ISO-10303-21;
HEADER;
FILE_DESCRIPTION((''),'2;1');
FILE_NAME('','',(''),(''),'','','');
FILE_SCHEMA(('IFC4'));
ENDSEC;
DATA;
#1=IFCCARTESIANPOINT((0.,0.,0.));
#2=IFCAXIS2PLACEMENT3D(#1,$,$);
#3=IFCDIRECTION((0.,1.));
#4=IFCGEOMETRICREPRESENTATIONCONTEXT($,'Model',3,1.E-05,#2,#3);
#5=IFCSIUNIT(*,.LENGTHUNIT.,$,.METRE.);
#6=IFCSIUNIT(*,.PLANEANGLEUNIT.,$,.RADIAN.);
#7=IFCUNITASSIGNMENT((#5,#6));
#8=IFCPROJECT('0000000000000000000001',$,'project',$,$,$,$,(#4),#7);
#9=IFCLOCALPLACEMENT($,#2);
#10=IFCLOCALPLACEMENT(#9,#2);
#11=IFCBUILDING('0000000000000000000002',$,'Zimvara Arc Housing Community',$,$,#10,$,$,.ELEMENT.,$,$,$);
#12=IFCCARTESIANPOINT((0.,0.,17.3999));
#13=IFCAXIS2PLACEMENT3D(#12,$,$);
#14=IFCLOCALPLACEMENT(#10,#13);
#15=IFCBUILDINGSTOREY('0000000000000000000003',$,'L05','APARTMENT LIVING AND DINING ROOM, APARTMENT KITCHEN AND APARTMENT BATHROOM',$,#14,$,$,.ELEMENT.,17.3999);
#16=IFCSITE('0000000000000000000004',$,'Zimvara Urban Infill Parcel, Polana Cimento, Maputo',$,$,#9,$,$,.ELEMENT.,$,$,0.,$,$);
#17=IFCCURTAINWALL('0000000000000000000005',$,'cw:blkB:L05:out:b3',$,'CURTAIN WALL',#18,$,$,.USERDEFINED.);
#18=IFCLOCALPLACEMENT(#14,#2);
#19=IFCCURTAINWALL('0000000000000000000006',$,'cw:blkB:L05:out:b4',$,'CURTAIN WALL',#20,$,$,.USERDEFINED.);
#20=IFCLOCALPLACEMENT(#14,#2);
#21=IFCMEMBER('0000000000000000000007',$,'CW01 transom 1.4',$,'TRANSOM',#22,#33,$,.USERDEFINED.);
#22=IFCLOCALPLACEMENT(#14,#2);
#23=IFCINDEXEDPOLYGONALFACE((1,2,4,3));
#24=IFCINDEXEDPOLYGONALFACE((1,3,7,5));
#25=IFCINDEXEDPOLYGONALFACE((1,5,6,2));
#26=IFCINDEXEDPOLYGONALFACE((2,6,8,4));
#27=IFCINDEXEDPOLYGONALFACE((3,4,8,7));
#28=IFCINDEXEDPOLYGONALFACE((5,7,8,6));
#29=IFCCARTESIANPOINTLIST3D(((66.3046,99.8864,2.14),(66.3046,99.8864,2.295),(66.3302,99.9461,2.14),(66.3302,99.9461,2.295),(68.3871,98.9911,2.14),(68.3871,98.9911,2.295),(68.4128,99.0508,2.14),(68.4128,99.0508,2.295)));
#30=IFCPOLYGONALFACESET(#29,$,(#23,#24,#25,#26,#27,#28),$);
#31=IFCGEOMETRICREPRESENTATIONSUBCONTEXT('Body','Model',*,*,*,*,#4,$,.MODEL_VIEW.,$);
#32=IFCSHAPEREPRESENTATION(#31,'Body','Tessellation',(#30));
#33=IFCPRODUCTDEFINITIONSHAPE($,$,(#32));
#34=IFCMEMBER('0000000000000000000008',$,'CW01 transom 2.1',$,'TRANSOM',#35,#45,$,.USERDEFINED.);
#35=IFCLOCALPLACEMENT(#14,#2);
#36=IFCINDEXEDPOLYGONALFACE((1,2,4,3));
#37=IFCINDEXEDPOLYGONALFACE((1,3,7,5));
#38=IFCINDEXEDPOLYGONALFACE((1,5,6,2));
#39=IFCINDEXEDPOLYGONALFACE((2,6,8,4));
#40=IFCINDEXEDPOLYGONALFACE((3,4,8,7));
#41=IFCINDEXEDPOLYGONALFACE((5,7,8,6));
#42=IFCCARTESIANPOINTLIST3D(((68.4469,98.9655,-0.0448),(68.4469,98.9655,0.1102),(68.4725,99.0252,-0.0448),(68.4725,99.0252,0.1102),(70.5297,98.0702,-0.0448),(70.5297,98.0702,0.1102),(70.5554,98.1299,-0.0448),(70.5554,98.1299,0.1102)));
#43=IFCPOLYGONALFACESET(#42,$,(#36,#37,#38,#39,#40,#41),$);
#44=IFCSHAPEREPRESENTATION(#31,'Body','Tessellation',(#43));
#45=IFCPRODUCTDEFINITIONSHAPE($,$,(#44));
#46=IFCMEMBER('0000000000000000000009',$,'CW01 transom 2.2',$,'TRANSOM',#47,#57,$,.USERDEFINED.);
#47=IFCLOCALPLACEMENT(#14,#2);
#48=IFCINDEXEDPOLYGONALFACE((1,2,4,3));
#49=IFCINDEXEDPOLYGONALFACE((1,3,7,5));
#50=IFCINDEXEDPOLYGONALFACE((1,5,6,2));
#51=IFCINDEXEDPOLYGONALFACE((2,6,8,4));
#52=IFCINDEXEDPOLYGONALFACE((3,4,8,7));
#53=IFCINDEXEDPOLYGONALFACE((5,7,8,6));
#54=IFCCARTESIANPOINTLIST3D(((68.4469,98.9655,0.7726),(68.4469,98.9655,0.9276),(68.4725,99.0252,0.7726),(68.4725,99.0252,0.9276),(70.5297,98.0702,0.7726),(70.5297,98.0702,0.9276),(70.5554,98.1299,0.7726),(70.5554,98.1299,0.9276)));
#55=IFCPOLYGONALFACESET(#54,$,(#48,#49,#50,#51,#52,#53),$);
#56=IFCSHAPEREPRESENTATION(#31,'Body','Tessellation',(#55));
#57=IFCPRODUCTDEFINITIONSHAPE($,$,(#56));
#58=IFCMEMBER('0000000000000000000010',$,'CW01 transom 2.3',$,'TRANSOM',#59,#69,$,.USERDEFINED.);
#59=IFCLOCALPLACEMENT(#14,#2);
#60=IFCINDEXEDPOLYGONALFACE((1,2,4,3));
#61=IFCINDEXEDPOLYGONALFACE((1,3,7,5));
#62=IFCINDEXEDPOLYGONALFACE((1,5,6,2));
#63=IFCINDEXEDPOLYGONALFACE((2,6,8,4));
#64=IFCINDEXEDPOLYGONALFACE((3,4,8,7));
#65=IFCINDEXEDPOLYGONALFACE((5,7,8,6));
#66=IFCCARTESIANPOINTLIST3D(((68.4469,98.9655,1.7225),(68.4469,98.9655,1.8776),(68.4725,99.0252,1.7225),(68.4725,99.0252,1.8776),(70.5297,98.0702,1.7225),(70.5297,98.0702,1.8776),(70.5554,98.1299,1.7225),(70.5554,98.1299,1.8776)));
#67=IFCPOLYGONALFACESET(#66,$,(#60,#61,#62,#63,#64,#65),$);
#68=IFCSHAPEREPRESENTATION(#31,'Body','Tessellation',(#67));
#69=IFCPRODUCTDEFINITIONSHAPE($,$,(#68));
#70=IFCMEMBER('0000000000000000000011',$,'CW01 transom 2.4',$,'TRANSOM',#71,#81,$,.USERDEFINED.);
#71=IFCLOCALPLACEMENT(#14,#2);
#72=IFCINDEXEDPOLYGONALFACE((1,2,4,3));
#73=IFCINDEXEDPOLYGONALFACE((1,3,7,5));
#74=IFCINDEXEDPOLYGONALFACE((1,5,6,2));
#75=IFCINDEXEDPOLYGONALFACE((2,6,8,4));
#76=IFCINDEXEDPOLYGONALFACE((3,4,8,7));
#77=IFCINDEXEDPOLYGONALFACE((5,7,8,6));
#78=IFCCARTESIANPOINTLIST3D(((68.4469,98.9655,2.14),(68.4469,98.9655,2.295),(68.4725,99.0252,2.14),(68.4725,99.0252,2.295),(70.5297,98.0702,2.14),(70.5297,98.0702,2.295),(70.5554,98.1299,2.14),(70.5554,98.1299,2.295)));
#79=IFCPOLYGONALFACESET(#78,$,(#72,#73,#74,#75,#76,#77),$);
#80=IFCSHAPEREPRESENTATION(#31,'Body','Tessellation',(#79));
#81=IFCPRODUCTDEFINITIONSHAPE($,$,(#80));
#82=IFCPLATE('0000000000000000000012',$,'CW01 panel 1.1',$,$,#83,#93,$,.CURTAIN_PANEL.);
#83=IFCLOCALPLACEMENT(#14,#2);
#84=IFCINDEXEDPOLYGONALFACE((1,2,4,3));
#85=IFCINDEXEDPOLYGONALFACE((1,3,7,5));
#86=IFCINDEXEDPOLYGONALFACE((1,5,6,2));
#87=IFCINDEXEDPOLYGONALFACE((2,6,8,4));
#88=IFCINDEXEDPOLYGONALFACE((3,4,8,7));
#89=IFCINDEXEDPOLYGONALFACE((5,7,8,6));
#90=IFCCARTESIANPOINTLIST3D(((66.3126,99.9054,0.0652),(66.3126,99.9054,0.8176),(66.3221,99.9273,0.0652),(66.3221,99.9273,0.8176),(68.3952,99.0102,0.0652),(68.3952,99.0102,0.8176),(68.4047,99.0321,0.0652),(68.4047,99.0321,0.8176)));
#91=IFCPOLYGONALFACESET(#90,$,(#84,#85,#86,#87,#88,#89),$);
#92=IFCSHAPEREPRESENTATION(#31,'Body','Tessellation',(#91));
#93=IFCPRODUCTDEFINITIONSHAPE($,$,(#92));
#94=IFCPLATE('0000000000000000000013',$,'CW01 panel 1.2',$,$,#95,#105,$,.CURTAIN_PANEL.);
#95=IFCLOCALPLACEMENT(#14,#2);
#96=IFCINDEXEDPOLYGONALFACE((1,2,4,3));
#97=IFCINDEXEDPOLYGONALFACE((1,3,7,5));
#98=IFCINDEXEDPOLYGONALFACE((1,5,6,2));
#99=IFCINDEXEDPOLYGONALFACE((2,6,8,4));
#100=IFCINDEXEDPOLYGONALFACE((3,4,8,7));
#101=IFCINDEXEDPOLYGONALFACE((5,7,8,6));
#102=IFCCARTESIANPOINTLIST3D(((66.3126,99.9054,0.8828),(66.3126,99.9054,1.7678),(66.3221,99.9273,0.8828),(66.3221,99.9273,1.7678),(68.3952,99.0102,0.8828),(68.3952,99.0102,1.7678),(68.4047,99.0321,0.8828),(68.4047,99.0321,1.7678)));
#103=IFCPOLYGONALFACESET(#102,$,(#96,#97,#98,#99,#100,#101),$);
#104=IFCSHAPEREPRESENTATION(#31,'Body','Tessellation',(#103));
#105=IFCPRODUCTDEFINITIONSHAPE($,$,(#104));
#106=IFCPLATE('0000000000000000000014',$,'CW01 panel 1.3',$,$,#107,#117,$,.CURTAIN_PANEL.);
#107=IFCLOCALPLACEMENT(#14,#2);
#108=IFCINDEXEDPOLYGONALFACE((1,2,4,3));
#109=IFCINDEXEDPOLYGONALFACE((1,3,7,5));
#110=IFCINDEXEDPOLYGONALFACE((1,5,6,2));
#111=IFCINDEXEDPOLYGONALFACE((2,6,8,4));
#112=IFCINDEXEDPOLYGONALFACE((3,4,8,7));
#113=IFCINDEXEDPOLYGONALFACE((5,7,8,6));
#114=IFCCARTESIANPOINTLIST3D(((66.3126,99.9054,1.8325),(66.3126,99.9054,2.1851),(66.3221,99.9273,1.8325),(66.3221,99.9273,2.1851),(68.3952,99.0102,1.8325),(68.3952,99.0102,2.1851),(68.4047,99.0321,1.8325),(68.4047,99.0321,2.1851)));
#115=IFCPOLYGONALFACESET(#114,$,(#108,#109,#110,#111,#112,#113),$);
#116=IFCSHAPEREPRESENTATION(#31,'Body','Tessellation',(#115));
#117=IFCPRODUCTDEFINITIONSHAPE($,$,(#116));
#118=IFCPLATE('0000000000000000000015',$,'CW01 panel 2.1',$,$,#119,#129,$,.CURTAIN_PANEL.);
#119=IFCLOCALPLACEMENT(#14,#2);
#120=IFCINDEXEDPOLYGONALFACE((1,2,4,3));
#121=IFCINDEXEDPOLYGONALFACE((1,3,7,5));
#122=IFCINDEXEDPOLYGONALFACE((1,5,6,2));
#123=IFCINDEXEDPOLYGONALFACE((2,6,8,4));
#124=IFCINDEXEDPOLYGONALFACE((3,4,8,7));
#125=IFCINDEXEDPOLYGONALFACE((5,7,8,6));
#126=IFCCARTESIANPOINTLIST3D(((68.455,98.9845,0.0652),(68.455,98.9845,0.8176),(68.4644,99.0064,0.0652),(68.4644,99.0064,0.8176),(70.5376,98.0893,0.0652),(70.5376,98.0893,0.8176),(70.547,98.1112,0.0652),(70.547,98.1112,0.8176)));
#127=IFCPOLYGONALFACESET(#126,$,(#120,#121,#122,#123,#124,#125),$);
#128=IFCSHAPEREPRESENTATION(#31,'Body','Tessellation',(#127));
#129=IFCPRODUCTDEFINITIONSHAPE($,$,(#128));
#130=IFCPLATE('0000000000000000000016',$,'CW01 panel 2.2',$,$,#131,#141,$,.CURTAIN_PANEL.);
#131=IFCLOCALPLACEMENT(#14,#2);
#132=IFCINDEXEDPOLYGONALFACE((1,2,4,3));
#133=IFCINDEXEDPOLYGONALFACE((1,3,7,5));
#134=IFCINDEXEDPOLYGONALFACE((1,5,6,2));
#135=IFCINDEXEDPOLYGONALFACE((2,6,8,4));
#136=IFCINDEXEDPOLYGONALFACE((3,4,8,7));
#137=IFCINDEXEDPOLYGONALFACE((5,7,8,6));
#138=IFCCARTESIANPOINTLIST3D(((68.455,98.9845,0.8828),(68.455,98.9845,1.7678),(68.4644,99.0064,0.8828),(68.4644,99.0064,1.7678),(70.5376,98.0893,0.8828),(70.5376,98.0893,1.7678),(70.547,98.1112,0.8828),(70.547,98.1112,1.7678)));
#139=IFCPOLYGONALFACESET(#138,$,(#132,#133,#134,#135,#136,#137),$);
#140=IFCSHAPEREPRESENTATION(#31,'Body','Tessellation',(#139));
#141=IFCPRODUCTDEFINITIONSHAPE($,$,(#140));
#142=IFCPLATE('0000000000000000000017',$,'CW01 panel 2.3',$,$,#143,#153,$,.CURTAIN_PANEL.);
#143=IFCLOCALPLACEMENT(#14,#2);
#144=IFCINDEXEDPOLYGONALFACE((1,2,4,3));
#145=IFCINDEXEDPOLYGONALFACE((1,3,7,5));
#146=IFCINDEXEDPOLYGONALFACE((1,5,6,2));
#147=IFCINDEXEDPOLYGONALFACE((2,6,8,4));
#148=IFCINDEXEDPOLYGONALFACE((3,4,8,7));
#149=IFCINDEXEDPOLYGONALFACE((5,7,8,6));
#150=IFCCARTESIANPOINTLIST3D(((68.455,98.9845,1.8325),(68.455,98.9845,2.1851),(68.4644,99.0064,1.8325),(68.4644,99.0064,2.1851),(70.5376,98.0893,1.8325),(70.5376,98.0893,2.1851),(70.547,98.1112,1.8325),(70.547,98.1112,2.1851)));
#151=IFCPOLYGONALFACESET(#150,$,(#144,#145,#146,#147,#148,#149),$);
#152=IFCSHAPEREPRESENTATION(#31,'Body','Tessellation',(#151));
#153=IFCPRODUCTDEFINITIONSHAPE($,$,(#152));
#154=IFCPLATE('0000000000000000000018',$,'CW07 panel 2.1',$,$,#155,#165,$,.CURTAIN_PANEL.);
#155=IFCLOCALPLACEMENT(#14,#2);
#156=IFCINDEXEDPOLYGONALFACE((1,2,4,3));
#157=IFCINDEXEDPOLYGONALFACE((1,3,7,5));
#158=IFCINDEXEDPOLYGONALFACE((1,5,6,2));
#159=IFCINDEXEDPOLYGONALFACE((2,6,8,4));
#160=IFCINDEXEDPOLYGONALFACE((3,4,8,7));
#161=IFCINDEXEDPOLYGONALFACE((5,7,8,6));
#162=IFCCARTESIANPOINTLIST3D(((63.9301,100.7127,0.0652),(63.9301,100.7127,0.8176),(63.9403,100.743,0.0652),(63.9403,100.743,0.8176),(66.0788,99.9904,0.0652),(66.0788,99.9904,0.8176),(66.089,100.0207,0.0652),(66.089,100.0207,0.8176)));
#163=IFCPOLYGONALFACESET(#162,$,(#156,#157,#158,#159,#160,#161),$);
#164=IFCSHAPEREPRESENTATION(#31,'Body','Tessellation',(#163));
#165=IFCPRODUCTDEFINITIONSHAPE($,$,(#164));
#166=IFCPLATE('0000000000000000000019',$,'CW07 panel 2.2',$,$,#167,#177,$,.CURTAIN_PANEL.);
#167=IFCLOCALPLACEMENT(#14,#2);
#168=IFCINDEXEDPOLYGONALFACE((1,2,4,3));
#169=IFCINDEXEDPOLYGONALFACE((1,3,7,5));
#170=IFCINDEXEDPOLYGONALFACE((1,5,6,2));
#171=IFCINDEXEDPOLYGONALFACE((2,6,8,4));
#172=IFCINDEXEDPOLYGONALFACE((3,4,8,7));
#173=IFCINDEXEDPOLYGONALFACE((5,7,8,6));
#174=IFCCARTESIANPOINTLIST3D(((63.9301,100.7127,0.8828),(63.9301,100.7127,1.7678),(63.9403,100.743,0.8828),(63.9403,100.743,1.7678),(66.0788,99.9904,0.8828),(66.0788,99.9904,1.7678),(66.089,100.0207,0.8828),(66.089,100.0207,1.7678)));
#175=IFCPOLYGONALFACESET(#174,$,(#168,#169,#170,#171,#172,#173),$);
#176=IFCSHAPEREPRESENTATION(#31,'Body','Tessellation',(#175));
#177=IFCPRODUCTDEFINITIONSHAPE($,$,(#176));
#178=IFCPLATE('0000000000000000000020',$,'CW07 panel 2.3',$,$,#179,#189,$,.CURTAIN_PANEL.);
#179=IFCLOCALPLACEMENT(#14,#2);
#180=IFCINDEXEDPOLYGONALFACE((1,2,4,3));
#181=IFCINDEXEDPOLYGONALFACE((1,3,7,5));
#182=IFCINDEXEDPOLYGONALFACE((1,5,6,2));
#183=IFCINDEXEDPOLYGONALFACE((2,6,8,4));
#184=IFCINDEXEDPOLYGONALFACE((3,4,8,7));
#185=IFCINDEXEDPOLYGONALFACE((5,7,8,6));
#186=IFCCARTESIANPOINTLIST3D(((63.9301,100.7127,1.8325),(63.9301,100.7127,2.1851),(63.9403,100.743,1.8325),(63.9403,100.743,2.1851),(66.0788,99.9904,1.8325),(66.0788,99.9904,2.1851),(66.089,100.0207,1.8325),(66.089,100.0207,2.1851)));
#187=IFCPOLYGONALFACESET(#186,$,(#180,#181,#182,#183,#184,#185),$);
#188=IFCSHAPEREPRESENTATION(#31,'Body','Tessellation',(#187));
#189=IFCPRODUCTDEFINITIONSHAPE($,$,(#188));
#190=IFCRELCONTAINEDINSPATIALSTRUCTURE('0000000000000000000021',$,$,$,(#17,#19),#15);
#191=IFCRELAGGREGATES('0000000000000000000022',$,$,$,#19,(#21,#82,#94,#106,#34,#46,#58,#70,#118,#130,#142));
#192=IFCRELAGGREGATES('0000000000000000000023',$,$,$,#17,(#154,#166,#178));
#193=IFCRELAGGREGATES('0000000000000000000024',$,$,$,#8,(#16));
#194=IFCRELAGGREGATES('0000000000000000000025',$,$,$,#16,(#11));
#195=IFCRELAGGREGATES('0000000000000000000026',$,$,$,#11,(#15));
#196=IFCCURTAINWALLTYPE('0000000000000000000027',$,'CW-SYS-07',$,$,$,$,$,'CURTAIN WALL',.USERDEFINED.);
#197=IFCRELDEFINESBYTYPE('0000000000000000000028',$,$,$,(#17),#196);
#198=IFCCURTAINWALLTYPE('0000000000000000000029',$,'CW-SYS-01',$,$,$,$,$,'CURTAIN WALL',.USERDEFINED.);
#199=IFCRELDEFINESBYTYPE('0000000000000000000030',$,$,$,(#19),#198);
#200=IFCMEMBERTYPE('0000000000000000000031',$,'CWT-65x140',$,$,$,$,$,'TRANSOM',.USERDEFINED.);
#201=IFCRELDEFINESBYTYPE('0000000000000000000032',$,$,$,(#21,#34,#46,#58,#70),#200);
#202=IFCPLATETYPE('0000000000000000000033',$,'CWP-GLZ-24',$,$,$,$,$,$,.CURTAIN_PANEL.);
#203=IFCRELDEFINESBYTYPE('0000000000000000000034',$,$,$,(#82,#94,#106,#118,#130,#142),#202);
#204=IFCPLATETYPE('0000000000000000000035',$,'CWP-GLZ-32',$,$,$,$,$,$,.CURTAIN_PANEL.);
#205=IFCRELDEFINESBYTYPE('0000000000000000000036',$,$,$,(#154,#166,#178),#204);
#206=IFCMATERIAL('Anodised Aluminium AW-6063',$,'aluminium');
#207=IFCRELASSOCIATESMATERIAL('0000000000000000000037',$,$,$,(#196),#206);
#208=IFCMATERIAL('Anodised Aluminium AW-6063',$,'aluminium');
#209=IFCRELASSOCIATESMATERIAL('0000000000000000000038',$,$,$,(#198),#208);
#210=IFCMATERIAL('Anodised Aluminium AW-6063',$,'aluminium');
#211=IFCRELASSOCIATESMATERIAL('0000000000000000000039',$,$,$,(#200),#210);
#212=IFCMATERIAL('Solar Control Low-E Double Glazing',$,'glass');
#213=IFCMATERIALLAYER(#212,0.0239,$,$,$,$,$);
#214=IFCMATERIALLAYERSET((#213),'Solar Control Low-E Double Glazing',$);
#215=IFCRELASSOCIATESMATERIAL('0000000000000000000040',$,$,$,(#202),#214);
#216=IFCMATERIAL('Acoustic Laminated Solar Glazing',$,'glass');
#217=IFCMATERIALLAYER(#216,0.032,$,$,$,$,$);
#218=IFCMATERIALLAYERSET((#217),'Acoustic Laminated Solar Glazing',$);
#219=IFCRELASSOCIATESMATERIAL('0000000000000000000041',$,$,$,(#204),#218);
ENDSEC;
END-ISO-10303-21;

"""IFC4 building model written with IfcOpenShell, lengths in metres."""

from ifc_helpers import new_model, si_unit, direction, frame, origin, origin_2d, place, context, subcontext, project, spatial, rectangle, extrude, material, layer, layer_set, material_profile, profile_set, type_object, element, aggregate, save


model = new_model("IFC4")

# Units and contexts
model_context = context("Model", 3, precision=1e-05, world=origin(), true_north=direction((0.0, 1.0)))
body_context = subcontext(model_context, "Body", "Model", "MODEL_VIEW")
ifc_project = project(units=[si_unit("LENGTHUNIT", "METRE"), si_unit("PLANEANGLEUNIT", "RADIAN")], contexts=[model_context])

# Site, building, storey
site_placement = place(None, origin())
site = spatial("IfcSite", under=ifc_project, at=site_placement, Name="Zimvara Urban Infill Parcel, Polana Cimento, Maputo", CompositionType="ELEMENT", RefElevation=0.0)
building_placement = place(site_placement, origin())
building = spatial("IfcBuilding", under=site, at=building_placement, Name="Zimvara Arc Housing Community", CompositionType="ELEMENT")
storey_placement = place(building_placement, frame((0.0, 0.0, 17.3999)))
storey = spatial("IfcBuildingStorey", under=building, at=storey_placement, Name="L05", Description="APARTMENT LIVING AND DINING ROOM, APARTMENT KITCHEN AND APARTMENT BATHROOM", CompositionType="ELEMENT", Elevation=17.3999)

# Curtain walls
ifc_material_1 = material(Name="Anodised Aluminium AW-6063", Category="aluminium")
curtain_wall_type_1 = type_object("IfcCurtainWallType", Name="CW-SYS-07", ElementType="CURTAIN WALL", PredefinedType="USERDEFINED", material=ifc_material_1)
curtain_wall_1_placement = place(storey_placement, origin())
curtain_wall_1 = element("IfcCurtainWall", 1, at=curtain_wall_1_placement, inside=storey, type_object=curtain_wall_type_1, Name="cw:blkB:L05:out:b3", ObjectType="CURTAIN WALL", PredefinedType="USERDEFINED")
ifc_material_2 = material(Name="Anodised Aluminium AW-6063", Category="aluminium")
curtain_wall_type_2 = type_object("IfcCurtainWallType", Name="CW-SYS-01", ElementType="CURTAIN WALL", PredefinedType="USERDEFINED", material=ifc_material_2)
curtain_wall_2_placement = place(storey_placement, origin())
curtain_wall_2 = element("IfcCurtainWall", 2, at=curtain_wall_2_placement, inside=storey, type_object=curtain_wall_type_2, Name="cw:blkB:L05:out:b4", ObjectType="CURTAIN WALL", PredefinedType="USERDEFINED")

# Members
ifc_material_3 = material(Name="Anodised Aluminium AW-6063", Category="aluminium")
ifc_material_profile_1 = material_profile(ifc_material_3, rectangle(XDim=0.0649, YDim=0.155, at=origin_2d()), Name="ALU 65x155")
ifc_profile_set_1 = profile_set([ifc_material_profile_1], Name="Anodised Aluminium AW-6063")
member_type_1 = type_object("IfcMemberType", Name="CWT-65x140", ElementType="TRANSOM", PredefinedType="USERDEFINED", material=ifc_profile_set_1)
member_1_placement = place(storey_placement, frame((66.3174, 99.9163, 2.2175), z_axis=(0.918704, -0.394946, 0.0), x_axis=(0.394946, 0.918704, 0.0)))
member_1 = element("IfcMember", 3, at=member_1_placement, type_object=member_type_1, Name="CW01 transom 1.4", ObjectType="TRANSOM", PredefinedType="USERDEFINED", context=body_context, shape_type="SweptSolid", body=[
    extrude(rectangle(XDim=0.0649, YDim=0.155, at=origin_2d()), origin(), (0.0, 0.0, 1.0), 2.2668),
])
member_2_placement = place(storey_placement, frame((68.4597, 98.9954, 0.0327), z_axis=(0.918721, -0.394907, 0.0), x_axis=(0.394907, 0.918721, 0.0)))
member_2 = element("IfcMember", 4, at=member_2_placement, type_object=member_type_1, Name="CW01 transom 2.1", ObjectType="TRANSOM", PredefinedType="USERDEFINED", context=body_context, shape_type="SweptSolid", body=[
    extrude(rectangle(XDim=0.0649, YDim=0.155, at=origin_2d()), origin(), (0.0, 0.0, 1.0), 2.2671),
])
member_3_placement = place(storey_placement, frame((68.4597, 98.9954, 0.8501), z_axis=(0.918721, -0.394907, 0.0), x_axis=(0.394907, 0.918721, 0.0)))
member_3 = element("IfcMember", 5, at=member_3_placement, type_object=member_type_1, Name="CW01 transom 2.2", ObjectType="TRANSOM", PredefinedType="USERDEFINED", context=body_context, shape_type="SweptSolid", body=[
    extrude(rectangle(XDim=0.0649, YDim=0.155, at=origin_2d()), origin(), (0.0, 0.0, 1.0), 2.2671),
])
member_4_placement = place(storey_placement, frame((68.4597, 98.9954, 1.8), z_axis=(0.918721, -0.394907, 0.0), x_axis=(0.394907, 0.918721, 0.0)))
member_4 = element("IfcMember", 6, at=member_4_placement, type_object=member_type_1, Name="CW01 transom 2.3", ObjectType="TRANSOM", PredefinedType="USERDEFINED", context=body_context, shape_type="SweptSolid", body=[
    extrude(rectangle(XDim=0.0649, YDim=0.155, at=origin_2d()), origin(), (0.0, 0.0, 1.0), 2.2671),
])
member_5_placement = place(storey_placement, frame((68.4597, 98.9954, 2.2175), z_axis=(0.918721, -0.394907, 0.0), x_axis=(0.394907, 0.918721, 0.0)))
member_5 = element("IfcMember", 7, at=member_5_placement, type_object=member_type_1, Name="CW01 transom 2.4", ObjectType="TRANSOM", PredefinedType="USERDEFINED", context=body_context, shape_type="SweptSolid", body=[
    extrude(rectangle(XDim=0.0649, YDim=0.155, at=origin_2d()), origin(), (0.0, 0.0, 1.0), 2.2671),
])

# Plates
ifc_material_4 = material(Name="Solar Control Low-E Double Glazing", Category="glass")
ifc_layer_1 = layer(ifc_material_4, 0.0239)
ifc_layer_set_1 = layer_set([ifc_layer_1], Name="Solar Control Low-E Double Glazing")
plate_type_1 = type_object("IfcPlateType", Name="CWP-GLZ-24", PredefinedType="CURTAIN_PANEL", material=ifc_layer_set_1)
plate_1_placement = place(storey_placement, frame((67.3586, 99.4688, 0.0652), z_axis=(0.0, 0.0, 1.0), x_axis=(0.918722, -0.394904, 0.0)))
plate_1 = element("IfcPlate", 8, at=plate_1_placement, type_object=plate_type_1, Name="CW01 panel 1.1", PredefinedType="CURTAIN_PANEL", context=body_context, shape_type="SweptSolid", body=[
    extrude(rectangle(XDim=2.2668, YDim=0.0239, at=origin_2d()), origin(), (0.0, 0.0, 1.0), 0.7524),
])
plate_2_placement = place(storey_placement, frame((67.3586, 99.4688, 0.8828), z_axis=(0.0, 0.0, 1.0), x_axis=(0.918722, -0.394904, 0.0)))
plate_2 = element("IfcPlate", 9, at=plate_2_placement, type_object=plate_type_1, Name="CW01 panel 1.2", PredefinedType="CURTAIN_PANEL", context=body_context, shape_type="SweptSolid", body=[
    extrude(rectangle(XDim=2.2668, YDim=0.0239, at=origin_2d()), origin(), (0.0, 0.0, 1.0), 0.885),
])
plate_3_placement = place(storey_placement, frame((67.3586, 99.4688, 1.8325), z_axis=(0.0, 0.0, 1.0), x_axis=(0.918722, -0.394904, 0.0)))
plate_3 = element("IfcPlate", 10, at=plate_3_placement, type_object=plate_type_1, Name="CW01 panel 1.3", PredefinedType="CURTAIN_PANEL", context=body_context, shape_type="SweptSolid", body=[
    extrude(rectangle(XDim=2.2668, YDim=0.0239, at=origin_2d()), origin(), (0.0, 0.0, 1.0), 0.3525),
])
plate_4_placement = place(storey_placement, frame((69.501, 98.5479, 0.0652), z_axis=(0.0, 0.0, 1.0), x_axis=(0.918722, -0.394904, 0.0)))
plate_4 = element("IfcPlate", 11, at=plate_4_placement, type_object=plate_type_1, Name="CW01 panel 2.1", PredefinedType="CURTAIN_PANEL", context=body_context, shape_type="SweptSolid", body=[
    extrude(rectangle(XDim=2.2668, YDim=0.0239, at=origin_2d()), origin(), (0.0, 0.0, 1.0), 0.7524),
])
plate_5_placement = place(storey_placement, frame((69.501, 98.5479, 0.8828), z_axis=(0.0, 0.0, 1.0), x_axis=(0.918722, -0.394904, 0.0)))
plate_5 = element("IfcPlate", 12, at=plate_5_placement, type_object=plate_type_1, Name="CW01 panel 2.2", PredefinedType="CURTAIN_PANEL", context=body_context, shape_type="SweptSolid", body=[
    extrude(rectangle(XDim=2.2668, YDim=0.0239, at=origin_2d()), origin(), (0.0, 0.0, 1.0), 0.885),
])
plate_6_placement = place(storey_placement, frame((69.501, 98.5479, 1.8325), z_axis=(0.0, 0.0, 1.0), x_axis=(0.918722, -0.394904, 0.0)))
plate_6 = element("IfcPlate", 13, at=plate_6_placement, type_object=plate_type_1, Name="CW01 panel 2.3", PredefinedType="CURTAIN_PANEL", context=body_context, shape_type="SweptSolid", body=[
    extrude(rectangle(XDim=2.2668, YDim=0.0239, at=origin_2d()), origin(), (0.0, 0.0, 1.0), 0.3525),
])
aggregate(curtain_wall_2, [member_1, plate_1, plate_2, plate_3, member_2, member_3, member_4, member_5, plate_4, plate_5, plate_6])
ifc_material_5 = material(Name="Acoustic Laminated Solar Glazing", Category="glass")
ifc_layer_2 = layer(ifc_material_5, 0.032)
ifc_layer_set_2 = layer_set([ifc_layer_2], Name="Acoustic Laminated Solar Glazing")
plate_type_2 = type_object("IfcPlateType", Name="CWP-GLZ-32", PredefinedType="CURTAIN_PANEL", material=ifc_layer_set_2)
plate_7_placement = place(storey_placement, frame((65.0095, 100.3667, 0.0652), z_axis=(0.0, 0.0, 1.0), x_axis=(0.94788, -0.318629, 0.0)))
plate_7 = element("IfcPlate", 14, at=plate_7_placement, type_object=plate_type_2, Name="CW07 panel 2.1", PredefinedType="CURTAIN_PANEL", context=body_context, shape_type="SweptSolid", body=[
    extrude(rectangle(XDim=2.2668, YDim=0.032, at=origin_2d()), origin(), (0.0, 0.0, 1.0), 0.7524),
])
plate_8_placement = place(storey_placement, frame((65.0095, 100.3667, 0.8828), z_axis=(0.0, 0.0, 1.0), x_axis=(0.94788, -0.318629, 0.0)))
plate_8 = element("IfcPlate", 15, at=plate_8_placement, type_object=plate_type_2, Name="CW07 panel 2.2", PredefinedType="CURTAIN_PANEL", context=body_context, shape_type="SweptSolid", body=[
    extrude(rectangle(XDim=2.2668, YDim=0.032, at=origin_2d()), origin(), (0.0, 0.0, 1.0), 0.885),
])
plate_9_placement = place(storey_placement, frame((65.0095, 100.3667, 1.8325), z_axis=(0.0, 0.0, 1.0), x_axis=(0.94788, -0.318629, 0.0)))
plate_9 = element("IfcPlate", 16, at=plate_9_placement, type_object=plate_type_2, Name="CW07 panel 2.3", PredefinedType="CURTAIN_PANEL", context=body_context, shape_type="SweptSolid", body=[
    extrude(rectangle(XDim=2.2668, YDim=0.032, at=origin_2d()), origin(), (0.0, 0.0, 1.0), 0.3525),
])
aggregate(curtain_wall_1, [plate_7, plate_8, plate_9])

save(model, "model.ifc")
